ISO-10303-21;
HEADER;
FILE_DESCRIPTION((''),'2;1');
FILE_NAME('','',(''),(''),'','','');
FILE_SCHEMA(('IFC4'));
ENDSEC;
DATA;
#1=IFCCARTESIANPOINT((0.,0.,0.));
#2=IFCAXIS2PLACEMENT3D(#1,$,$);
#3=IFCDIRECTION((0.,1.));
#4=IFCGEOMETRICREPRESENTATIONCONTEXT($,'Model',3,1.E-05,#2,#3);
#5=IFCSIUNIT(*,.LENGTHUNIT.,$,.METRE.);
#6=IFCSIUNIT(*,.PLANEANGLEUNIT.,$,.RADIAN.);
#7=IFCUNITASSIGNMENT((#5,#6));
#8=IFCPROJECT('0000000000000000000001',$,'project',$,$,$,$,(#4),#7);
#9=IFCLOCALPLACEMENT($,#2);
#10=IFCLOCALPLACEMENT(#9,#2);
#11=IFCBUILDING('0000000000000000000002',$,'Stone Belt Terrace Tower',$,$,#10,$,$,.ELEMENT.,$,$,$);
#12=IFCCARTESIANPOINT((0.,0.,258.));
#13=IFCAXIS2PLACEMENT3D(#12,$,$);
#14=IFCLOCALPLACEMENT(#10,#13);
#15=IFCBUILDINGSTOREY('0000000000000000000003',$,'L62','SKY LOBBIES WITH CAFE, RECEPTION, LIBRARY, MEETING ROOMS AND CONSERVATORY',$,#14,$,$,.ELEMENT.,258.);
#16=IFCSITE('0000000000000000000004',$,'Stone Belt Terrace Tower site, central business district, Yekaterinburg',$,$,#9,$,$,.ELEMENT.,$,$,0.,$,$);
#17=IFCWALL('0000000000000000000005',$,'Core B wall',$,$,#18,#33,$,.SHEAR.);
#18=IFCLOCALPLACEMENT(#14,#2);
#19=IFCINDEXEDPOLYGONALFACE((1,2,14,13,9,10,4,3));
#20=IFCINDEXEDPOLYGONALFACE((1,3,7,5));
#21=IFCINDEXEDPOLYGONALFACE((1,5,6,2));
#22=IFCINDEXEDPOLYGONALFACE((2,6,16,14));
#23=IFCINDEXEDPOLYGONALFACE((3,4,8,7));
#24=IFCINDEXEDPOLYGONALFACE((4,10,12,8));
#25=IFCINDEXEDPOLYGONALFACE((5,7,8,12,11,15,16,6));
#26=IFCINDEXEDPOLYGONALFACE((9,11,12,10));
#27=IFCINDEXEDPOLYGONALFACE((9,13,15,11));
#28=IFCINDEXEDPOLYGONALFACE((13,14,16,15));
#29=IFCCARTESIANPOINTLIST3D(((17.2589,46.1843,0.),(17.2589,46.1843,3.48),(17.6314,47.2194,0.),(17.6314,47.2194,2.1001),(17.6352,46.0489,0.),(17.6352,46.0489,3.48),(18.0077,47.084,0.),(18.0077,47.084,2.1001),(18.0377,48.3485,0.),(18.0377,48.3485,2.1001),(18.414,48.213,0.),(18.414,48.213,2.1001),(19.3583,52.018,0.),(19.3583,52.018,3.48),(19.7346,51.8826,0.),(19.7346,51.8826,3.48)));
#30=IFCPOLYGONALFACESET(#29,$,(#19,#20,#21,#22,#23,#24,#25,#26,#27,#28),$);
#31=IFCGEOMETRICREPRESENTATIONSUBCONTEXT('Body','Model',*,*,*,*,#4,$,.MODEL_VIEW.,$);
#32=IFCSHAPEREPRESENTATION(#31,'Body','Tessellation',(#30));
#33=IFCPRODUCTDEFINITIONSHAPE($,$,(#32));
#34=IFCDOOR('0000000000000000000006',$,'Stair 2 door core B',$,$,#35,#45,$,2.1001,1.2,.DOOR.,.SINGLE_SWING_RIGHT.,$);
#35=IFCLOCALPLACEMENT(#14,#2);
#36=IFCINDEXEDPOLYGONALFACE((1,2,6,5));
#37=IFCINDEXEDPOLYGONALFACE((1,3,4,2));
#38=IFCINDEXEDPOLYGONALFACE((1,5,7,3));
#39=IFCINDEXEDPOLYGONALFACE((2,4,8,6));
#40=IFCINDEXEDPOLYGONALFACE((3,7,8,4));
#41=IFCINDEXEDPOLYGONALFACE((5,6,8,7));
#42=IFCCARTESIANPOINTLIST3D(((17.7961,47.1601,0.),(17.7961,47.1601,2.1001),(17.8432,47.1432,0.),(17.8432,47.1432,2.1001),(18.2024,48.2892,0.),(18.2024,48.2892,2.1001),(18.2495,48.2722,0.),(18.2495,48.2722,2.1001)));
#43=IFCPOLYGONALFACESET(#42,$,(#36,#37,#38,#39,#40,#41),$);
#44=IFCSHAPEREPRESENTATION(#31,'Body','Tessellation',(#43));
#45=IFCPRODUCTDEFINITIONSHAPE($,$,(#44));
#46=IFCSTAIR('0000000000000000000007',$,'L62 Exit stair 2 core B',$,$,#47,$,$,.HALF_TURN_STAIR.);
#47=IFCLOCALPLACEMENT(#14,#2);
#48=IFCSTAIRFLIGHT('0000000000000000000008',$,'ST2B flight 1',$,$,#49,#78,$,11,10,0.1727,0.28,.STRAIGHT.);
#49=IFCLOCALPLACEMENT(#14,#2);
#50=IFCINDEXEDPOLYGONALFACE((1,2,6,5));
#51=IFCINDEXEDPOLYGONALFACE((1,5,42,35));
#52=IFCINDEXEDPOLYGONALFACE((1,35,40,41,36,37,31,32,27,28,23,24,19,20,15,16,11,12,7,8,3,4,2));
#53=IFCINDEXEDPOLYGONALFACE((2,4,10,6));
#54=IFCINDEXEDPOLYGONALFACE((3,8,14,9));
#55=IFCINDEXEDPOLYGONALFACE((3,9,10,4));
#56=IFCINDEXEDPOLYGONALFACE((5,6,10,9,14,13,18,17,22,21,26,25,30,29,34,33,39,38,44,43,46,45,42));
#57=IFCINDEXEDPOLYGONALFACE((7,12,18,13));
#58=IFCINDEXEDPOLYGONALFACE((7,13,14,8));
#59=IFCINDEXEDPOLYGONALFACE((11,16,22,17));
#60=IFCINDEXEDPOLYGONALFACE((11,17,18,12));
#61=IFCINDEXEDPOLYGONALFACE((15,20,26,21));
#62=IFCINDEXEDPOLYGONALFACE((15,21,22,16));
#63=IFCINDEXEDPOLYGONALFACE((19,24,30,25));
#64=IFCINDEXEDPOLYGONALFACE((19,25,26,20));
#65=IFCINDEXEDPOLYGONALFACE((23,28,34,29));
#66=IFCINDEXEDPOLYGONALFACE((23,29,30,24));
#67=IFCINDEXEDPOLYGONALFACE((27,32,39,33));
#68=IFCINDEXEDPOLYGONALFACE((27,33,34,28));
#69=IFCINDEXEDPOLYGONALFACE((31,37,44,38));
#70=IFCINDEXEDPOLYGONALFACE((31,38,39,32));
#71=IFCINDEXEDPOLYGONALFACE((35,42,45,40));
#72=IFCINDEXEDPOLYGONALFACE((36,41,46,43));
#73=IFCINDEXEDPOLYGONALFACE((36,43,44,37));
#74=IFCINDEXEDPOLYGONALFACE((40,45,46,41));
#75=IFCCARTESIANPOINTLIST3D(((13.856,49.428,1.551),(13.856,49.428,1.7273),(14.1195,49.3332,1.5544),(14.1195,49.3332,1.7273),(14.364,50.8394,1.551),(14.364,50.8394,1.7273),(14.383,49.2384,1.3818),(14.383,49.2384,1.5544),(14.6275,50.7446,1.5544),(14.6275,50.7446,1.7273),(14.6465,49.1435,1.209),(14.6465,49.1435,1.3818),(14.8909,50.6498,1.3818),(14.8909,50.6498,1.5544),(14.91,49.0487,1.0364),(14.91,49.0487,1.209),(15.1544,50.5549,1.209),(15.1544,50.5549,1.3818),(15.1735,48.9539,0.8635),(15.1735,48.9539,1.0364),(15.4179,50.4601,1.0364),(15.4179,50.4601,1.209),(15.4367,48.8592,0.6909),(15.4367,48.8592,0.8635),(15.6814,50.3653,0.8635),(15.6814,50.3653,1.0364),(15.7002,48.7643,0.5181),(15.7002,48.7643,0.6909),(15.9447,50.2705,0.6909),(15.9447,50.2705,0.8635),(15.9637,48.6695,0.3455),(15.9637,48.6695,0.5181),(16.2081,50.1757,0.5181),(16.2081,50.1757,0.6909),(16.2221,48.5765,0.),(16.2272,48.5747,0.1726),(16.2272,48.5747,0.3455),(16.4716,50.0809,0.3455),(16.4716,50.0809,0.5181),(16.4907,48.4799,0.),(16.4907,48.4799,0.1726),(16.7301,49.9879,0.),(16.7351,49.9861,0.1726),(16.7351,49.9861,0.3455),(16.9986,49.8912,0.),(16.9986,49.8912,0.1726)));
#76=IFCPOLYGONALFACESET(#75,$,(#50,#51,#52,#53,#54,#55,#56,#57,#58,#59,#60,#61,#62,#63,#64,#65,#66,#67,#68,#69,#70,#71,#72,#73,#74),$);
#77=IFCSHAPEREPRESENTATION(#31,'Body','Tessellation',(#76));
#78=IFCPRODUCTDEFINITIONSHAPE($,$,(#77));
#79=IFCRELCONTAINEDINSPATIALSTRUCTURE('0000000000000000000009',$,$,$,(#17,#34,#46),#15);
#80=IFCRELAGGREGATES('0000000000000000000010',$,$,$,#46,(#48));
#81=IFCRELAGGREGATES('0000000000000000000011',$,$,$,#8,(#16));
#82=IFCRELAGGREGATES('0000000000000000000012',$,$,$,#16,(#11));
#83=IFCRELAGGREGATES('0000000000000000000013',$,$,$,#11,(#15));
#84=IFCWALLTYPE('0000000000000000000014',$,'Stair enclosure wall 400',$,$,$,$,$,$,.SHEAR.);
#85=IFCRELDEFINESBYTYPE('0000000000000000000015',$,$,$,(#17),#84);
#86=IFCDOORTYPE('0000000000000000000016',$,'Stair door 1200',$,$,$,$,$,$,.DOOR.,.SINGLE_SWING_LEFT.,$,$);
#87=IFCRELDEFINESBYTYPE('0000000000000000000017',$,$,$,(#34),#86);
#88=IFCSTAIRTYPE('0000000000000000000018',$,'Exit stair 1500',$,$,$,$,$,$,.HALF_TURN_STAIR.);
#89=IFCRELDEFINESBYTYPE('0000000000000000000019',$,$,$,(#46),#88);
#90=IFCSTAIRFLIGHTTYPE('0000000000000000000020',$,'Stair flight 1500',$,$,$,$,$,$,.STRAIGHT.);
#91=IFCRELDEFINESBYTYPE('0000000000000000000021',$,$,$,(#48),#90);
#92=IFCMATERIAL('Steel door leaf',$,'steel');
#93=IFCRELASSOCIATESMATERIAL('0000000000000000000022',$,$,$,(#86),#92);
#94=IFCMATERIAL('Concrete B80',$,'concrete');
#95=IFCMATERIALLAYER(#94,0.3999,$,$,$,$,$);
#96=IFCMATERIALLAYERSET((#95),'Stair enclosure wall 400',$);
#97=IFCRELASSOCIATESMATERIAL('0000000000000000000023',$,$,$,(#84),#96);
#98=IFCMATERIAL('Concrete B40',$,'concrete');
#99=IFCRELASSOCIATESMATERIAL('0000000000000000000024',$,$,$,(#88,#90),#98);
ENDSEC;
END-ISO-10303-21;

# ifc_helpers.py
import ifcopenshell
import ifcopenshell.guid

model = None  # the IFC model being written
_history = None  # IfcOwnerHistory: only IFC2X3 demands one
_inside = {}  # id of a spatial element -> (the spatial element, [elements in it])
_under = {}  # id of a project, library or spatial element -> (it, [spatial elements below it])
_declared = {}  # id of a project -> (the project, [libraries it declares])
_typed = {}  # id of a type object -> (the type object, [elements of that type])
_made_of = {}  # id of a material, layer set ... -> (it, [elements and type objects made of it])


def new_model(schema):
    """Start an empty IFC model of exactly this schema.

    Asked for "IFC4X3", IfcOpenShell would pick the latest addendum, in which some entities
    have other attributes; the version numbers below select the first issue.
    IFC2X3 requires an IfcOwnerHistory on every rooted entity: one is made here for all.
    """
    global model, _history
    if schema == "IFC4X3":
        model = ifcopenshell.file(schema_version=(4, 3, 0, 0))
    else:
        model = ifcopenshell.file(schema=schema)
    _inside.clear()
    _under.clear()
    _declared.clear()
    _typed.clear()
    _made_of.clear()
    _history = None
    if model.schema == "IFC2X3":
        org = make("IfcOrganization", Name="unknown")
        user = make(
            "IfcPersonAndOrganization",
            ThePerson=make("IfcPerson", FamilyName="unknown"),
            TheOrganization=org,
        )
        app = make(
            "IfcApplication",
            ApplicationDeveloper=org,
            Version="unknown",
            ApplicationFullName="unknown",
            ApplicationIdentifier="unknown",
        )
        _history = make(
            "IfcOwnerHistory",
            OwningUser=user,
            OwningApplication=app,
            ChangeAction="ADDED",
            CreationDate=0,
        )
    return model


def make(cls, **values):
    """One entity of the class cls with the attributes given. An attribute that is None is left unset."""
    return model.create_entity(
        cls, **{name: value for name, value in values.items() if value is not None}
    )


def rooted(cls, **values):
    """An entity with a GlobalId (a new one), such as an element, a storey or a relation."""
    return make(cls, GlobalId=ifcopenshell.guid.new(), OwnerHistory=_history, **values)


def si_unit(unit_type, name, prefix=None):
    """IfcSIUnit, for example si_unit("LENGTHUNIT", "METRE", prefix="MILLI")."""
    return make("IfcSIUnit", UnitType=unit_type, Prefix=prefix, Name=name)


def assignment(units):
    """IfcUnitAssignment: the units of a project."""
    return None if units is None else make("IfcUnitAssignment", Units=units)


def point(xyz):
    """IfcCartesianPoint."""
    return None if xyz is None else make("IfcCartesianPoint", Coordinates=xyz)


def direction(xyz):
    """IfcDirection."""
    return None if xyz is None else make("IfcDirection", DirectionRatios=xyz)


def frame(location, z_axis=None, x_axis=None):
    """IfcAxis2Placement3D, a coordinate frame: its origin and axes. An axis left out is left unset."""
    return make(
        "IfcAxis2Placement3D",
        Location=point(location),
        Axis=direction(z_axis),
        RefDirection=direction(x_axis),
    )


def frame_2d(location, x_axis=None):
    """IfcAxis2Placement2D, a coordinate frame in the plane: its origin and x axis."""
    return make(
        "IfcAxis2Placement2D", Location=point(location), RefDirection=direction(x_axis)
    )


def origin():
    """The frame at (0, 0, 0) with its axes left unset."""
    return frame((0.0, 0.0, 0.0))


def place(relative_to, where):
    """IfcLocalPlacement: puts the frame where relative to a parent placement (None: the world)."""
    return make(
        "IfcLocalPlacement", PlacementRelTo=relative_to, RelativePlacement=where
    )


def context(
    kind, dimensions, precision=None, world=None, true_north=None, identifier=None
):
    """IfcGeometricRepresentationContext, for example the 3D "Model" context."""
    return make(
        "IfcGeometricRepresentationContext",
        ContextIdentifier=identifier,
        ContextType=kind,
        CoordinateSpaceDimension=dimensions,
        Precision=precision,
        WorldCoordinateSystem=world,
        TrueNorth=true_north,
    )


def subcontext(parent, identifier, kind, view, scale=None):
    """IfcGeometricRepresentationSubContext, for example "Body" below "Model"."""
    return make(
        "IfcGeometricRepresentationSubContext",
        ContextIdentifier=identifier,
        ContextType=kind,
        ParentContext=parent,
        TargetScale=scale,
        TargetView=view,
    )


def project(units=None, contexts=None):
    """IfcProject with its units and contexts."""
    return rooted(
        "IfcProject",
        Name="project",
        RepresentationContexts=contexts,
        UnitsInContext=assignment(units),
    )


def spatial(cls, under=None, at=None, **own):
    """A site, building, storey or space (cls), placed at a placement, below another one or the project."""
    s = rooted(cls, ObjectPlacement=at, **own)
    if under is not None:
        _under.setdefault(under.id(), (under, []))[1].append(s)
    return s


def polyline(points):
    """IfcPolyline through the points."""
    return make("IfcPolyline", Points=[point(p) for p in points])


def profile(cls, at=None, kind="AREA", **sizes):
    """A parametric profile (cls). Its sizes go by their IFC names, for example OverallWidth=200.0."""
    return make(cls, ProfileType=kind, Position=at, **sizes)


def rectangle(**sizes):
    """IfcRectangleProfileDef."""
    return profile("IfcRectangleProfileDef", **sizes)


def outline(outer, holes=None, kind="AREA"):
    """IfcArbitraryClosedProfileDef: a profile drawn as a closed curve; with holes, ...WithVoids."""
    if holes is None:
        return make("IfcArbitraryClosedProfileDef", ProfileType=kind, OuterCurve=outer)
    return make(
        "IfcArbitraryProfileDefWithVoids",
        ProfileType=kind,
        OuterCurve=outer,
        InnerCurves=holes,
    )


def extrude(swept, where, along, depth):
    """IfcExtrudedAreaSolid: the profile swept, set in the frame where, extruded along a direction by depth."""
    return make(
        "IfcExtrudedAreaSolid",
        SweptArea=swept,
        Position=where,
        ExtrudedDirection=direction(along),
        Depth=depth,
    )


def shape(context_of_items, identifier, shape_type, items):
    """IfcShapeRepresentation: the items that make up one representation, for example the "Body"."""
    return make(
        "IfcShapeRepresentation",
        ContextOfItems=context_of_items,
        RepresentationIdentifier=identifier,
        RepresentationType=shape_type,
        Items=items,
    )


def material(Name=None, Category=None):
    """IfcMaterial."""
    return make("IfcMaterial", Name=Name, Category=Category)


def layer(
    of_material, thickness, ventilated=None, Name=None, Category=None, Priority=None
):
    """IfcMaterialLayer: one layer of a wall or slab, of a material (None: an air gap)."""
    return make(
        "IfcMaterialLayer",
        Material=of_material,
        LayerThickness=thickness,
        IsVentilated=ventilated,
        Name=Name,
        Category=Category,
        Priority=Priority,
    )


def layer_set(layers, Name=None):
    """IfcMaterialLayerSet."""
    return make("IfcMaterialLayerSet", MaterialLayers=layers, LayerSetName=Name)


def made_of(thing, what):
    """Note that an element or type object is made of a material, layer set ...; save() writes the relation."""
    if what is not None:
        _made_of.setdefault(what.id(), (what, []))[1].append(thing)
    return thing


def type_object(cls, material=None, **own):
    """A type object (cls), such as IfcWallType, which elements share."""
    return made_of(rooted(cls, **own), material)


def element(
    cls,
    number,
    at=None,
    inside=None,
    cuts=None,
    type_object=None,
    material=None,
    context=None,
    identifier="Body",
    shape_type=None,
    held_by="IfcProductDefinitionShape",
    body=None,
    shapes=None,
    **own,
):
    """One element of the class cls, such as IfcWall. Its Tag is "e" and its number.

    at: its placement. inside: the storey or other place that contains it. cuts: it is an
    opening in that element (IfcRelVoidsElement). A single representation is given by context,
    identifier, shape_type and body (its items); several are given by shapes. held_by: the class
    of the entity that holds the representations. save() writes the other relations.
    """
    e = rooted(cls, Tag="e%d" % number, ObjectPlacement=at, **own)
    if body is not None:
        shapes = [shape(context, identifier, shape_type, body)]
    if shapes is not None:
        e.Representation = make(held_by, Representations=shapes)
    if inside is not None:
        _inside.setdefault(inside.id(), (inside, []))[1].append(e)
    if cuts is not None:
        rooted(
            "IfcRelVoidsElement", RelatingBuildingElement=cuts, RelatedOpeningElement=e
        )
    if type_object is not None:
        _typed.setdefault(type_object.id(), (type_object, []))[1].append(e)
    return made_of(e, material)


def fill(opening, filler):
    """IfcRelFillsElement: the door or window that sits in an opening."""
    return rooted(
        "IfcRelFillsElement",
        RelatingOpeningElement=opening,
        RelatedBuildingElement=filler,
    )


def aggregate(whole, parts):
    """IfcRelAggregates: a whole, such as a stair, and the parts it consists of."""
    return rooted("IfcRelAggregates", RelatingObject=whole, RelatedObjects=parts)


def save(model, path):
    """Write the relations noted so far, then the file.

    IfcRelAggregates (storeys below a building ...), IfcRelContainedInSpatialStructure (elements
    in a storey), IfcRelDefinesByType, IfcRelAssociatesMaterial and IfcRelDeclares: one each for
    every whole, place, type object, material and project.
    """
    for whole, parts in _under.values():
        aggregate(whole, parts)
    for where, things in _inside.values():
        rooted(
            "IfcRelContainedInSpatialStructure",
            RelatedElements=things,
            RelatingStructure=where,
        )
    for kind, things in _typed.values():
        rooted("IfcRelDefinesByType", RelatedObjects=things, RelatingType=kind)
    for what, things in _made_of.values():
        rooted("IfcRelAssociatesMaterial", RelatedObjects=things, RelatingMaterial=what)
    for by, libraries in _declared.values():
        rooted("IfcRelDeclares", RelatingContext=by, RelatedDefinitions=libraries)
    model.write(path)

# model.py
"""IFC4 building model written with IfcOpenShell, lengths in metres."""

from ifc_helpers import new_model, si_unit, direction, frame, frame_2d, origin, place, context, subcontext, project, spatial, polyline, rectangle, outline, extrude, material, layer, layer_set, type_object, element, fill, aggregate, save


model = new_model("IFC4")

# Units and contexts
model_context = context("Model", 3, precision=1e-05, world=origin(), true_north=direction((0.0, 1.0)))
body_context = subcontext(model_context, "Body", "Model", "MODEL_VIEW")
ifc_project = project(units=[si_unit("LENGTHUNIT", "METRE"), si_unit("PLANEANGLEUNIT", "RADIAN")], contexts=[model_context])

# Site, building, storey
site_placement = place(None, origin())
site = spatial("IfcSite", under=ifc_project, at=site_placement, Name="Stone Belt Terrace Tower site, central business district, Yekaterinburg", CompositionType="ELEMENT", RefElevation=0.0)
building_placement = place(site_placement, origin())
building = spatial("IfcBuilding", under=site, at=building_placement, Name="Stone Belt Terrace Tower", CompositionType="ELEMENT")
storey_placement = place(building_placement, frame((0.0, 0.0, 258.0)))
storey = spatial("IfcBuildingStorey", under=building, at=storey_placement, Name="L62", Description="SKY LOBBIES WITH CAFE, RECEPTION, LIBRARY, MEETING ROOMS AND CONSERVATORY", CompositionType="ELEMENT", Elevation=258.0)

# Shared definitions
ifc_material_1 = material(Name="Concrete B80", Category="concrete")

# Shared definitions
ifc_material_2 = material(Name="Steel door leaf", Category="steel")
door_type_1 = type_object("IfcDoorType", Name="Stair door 1200", OperationType="SINGLE_SWING_LEFT", PredefinedType="DOOR", material=ifc_material_2)
ifc_layer_1 = layer(ifc_material_1, 0.3999)
ifc_layer_set_1 = layer_set([ifc_layer_1], Name="Stair enclosure wall 400")
wall_type_1 = type_object("IfcWallType", Name="Stair enclosure wall 400", PredefinedType="SHEAR", material=ifc_layer_set_1)

# Wall, opening, door
wall_1_placement = place(storey_placement, frame((17.447, 46.1165, 0.0), z_axis=(0.0, 0.0, 1.0), x_axis=(0.338608, 0.940928, 0.0)))
wall_1 = element("IfcWall", 1, at=wall_1_placement, inside=storey, type_object=wall_type_1, Name="Core B wall", PredefinedType="SHEAR", context=body_context, shape_type="SweptSolid", body=[
    extrude(rectangle(XDim=6.2, YDim=0.3999, at=frame_2d((3.1001, 0.0))), origin(), (0.0, 0.0, 1.0), 3.48),
])
opening_1_placement = place(wall_1_placement, frame((1.1001, 0.0, 0.0)))
opening_1 = element("IfcOpeningElement", 2, at=opening_1_placement, cuts=wall_1, PredefinedType="OPENING", context=body_context, shape_type="SweptSolid", body=[
    extrude(rectangle(XDim=1.2, YDim=2.1001, at=frame_2d((0.6001, 1.05))), frame((0.0, 0.21, 0.0), z_axis=(0.0, -1.0, 0.0), x_axis=(1.0, 0.0, 0.0)), (0.0, 0.0, 1.0), 0.4199),
])
door_1_placement = place(opening_1_placement, origin())
door_1 = element("IfcDoor", 3, at=door_1_placement, inside=storey, type_object=door_type_1, Name="Stair 2 door core B", OperationType="SINGLE_SWING_RIGHT", OverallHeight=2.1001, OverallWidth=1.2, PredefinedType="DOOR", context=body_context, shape_type="SweptSolid", body=[
    extrude(rectangle(XDim=1.2, YDim=2.1001, at=frame_2d((0.6001, 1.05))), frame((0.0, 0.0249, 0.0), z_axis=(0.0, -1.0, 0.0), x_axis=(1.0, 0.0, 0.0)), (0.0, 0.0, 1.0), 0.05),
])
fill(opening_1, door_1)

# Stair, stair flight
ifc_material_3 = material(Name="Concrete B40", Category="concrete")
stair_type = type_object("IfcStairType", Name="Exit stair 1500", PredefinedType="HALF_TURN_STAIR", material=ifc_material_3)
stair_placement = place(storey_placement, origin())
stair = element("IfcStair", 4, at=stair_placement, inside=storey, type_object=stair_type, Name="L62 Exit stair 2 core B", PredefinedType="HALF_TURN_STAIR")
stair_flight_type = type_object("IfcStairFlightType", Name="Stair flight 1500", PredefinedType="STRAIGHT", material=ifc_material_3)
stair_flight_placement = place(storey_placement, frame((16.7446, 49.1855, 0.0), z_axis=(0.0, 0.0, 1.0), x_axis=(-0.940922, 0.338624, 0.0)))
stair_flight = element("IfcStairFlight", 5, at=stair_flight_placement, type_object=stair_flight_type, Name="ST2B flight 1", NumberOfRisers=11, NumberOfTreads=10, PredefinedType="STRAIGHT", RiserHeight=0.1727, TreadLength=0.28, context=body_context, shape_type="SweptSolid", body=[
    extrude(outline(polyline([(0.0, 0.0), (0.0, 0.1726), (0.28, 0.1726), (0.28, 0.3455), (0.5601, 0.3455), (0.5601, 0.5181), (0.8401, 0.5181), (0.8401, 0.6909), (1.1201, 0.6909), (1.1201, 0.8635), (1.3999, 0.8635), (1.3999, 1.0364), (1.6799, 1.0364), (1.6799, 1.209), (1.96, 1.209), (1.96, 1.3818), (2.24, 1.3818), (2.24, 1.5544), (2.52, 1.5544), (2.52, 1.7273), (2.8, 1.7273), (2.8, 1.8999), (2.8, 1.551), (0.2854, 0.0), (0.0, 0.0)])), frame((0.0, 0.75, 0.0), z_axis=(0.0, -1.0, 0.0), x_axis=(1.0, 0.0, 0.0)), (0.0, 0.0, 1.0), 1.5),
])
aggregate(stair, [stair_flight])

save(model, "model.ifc")
